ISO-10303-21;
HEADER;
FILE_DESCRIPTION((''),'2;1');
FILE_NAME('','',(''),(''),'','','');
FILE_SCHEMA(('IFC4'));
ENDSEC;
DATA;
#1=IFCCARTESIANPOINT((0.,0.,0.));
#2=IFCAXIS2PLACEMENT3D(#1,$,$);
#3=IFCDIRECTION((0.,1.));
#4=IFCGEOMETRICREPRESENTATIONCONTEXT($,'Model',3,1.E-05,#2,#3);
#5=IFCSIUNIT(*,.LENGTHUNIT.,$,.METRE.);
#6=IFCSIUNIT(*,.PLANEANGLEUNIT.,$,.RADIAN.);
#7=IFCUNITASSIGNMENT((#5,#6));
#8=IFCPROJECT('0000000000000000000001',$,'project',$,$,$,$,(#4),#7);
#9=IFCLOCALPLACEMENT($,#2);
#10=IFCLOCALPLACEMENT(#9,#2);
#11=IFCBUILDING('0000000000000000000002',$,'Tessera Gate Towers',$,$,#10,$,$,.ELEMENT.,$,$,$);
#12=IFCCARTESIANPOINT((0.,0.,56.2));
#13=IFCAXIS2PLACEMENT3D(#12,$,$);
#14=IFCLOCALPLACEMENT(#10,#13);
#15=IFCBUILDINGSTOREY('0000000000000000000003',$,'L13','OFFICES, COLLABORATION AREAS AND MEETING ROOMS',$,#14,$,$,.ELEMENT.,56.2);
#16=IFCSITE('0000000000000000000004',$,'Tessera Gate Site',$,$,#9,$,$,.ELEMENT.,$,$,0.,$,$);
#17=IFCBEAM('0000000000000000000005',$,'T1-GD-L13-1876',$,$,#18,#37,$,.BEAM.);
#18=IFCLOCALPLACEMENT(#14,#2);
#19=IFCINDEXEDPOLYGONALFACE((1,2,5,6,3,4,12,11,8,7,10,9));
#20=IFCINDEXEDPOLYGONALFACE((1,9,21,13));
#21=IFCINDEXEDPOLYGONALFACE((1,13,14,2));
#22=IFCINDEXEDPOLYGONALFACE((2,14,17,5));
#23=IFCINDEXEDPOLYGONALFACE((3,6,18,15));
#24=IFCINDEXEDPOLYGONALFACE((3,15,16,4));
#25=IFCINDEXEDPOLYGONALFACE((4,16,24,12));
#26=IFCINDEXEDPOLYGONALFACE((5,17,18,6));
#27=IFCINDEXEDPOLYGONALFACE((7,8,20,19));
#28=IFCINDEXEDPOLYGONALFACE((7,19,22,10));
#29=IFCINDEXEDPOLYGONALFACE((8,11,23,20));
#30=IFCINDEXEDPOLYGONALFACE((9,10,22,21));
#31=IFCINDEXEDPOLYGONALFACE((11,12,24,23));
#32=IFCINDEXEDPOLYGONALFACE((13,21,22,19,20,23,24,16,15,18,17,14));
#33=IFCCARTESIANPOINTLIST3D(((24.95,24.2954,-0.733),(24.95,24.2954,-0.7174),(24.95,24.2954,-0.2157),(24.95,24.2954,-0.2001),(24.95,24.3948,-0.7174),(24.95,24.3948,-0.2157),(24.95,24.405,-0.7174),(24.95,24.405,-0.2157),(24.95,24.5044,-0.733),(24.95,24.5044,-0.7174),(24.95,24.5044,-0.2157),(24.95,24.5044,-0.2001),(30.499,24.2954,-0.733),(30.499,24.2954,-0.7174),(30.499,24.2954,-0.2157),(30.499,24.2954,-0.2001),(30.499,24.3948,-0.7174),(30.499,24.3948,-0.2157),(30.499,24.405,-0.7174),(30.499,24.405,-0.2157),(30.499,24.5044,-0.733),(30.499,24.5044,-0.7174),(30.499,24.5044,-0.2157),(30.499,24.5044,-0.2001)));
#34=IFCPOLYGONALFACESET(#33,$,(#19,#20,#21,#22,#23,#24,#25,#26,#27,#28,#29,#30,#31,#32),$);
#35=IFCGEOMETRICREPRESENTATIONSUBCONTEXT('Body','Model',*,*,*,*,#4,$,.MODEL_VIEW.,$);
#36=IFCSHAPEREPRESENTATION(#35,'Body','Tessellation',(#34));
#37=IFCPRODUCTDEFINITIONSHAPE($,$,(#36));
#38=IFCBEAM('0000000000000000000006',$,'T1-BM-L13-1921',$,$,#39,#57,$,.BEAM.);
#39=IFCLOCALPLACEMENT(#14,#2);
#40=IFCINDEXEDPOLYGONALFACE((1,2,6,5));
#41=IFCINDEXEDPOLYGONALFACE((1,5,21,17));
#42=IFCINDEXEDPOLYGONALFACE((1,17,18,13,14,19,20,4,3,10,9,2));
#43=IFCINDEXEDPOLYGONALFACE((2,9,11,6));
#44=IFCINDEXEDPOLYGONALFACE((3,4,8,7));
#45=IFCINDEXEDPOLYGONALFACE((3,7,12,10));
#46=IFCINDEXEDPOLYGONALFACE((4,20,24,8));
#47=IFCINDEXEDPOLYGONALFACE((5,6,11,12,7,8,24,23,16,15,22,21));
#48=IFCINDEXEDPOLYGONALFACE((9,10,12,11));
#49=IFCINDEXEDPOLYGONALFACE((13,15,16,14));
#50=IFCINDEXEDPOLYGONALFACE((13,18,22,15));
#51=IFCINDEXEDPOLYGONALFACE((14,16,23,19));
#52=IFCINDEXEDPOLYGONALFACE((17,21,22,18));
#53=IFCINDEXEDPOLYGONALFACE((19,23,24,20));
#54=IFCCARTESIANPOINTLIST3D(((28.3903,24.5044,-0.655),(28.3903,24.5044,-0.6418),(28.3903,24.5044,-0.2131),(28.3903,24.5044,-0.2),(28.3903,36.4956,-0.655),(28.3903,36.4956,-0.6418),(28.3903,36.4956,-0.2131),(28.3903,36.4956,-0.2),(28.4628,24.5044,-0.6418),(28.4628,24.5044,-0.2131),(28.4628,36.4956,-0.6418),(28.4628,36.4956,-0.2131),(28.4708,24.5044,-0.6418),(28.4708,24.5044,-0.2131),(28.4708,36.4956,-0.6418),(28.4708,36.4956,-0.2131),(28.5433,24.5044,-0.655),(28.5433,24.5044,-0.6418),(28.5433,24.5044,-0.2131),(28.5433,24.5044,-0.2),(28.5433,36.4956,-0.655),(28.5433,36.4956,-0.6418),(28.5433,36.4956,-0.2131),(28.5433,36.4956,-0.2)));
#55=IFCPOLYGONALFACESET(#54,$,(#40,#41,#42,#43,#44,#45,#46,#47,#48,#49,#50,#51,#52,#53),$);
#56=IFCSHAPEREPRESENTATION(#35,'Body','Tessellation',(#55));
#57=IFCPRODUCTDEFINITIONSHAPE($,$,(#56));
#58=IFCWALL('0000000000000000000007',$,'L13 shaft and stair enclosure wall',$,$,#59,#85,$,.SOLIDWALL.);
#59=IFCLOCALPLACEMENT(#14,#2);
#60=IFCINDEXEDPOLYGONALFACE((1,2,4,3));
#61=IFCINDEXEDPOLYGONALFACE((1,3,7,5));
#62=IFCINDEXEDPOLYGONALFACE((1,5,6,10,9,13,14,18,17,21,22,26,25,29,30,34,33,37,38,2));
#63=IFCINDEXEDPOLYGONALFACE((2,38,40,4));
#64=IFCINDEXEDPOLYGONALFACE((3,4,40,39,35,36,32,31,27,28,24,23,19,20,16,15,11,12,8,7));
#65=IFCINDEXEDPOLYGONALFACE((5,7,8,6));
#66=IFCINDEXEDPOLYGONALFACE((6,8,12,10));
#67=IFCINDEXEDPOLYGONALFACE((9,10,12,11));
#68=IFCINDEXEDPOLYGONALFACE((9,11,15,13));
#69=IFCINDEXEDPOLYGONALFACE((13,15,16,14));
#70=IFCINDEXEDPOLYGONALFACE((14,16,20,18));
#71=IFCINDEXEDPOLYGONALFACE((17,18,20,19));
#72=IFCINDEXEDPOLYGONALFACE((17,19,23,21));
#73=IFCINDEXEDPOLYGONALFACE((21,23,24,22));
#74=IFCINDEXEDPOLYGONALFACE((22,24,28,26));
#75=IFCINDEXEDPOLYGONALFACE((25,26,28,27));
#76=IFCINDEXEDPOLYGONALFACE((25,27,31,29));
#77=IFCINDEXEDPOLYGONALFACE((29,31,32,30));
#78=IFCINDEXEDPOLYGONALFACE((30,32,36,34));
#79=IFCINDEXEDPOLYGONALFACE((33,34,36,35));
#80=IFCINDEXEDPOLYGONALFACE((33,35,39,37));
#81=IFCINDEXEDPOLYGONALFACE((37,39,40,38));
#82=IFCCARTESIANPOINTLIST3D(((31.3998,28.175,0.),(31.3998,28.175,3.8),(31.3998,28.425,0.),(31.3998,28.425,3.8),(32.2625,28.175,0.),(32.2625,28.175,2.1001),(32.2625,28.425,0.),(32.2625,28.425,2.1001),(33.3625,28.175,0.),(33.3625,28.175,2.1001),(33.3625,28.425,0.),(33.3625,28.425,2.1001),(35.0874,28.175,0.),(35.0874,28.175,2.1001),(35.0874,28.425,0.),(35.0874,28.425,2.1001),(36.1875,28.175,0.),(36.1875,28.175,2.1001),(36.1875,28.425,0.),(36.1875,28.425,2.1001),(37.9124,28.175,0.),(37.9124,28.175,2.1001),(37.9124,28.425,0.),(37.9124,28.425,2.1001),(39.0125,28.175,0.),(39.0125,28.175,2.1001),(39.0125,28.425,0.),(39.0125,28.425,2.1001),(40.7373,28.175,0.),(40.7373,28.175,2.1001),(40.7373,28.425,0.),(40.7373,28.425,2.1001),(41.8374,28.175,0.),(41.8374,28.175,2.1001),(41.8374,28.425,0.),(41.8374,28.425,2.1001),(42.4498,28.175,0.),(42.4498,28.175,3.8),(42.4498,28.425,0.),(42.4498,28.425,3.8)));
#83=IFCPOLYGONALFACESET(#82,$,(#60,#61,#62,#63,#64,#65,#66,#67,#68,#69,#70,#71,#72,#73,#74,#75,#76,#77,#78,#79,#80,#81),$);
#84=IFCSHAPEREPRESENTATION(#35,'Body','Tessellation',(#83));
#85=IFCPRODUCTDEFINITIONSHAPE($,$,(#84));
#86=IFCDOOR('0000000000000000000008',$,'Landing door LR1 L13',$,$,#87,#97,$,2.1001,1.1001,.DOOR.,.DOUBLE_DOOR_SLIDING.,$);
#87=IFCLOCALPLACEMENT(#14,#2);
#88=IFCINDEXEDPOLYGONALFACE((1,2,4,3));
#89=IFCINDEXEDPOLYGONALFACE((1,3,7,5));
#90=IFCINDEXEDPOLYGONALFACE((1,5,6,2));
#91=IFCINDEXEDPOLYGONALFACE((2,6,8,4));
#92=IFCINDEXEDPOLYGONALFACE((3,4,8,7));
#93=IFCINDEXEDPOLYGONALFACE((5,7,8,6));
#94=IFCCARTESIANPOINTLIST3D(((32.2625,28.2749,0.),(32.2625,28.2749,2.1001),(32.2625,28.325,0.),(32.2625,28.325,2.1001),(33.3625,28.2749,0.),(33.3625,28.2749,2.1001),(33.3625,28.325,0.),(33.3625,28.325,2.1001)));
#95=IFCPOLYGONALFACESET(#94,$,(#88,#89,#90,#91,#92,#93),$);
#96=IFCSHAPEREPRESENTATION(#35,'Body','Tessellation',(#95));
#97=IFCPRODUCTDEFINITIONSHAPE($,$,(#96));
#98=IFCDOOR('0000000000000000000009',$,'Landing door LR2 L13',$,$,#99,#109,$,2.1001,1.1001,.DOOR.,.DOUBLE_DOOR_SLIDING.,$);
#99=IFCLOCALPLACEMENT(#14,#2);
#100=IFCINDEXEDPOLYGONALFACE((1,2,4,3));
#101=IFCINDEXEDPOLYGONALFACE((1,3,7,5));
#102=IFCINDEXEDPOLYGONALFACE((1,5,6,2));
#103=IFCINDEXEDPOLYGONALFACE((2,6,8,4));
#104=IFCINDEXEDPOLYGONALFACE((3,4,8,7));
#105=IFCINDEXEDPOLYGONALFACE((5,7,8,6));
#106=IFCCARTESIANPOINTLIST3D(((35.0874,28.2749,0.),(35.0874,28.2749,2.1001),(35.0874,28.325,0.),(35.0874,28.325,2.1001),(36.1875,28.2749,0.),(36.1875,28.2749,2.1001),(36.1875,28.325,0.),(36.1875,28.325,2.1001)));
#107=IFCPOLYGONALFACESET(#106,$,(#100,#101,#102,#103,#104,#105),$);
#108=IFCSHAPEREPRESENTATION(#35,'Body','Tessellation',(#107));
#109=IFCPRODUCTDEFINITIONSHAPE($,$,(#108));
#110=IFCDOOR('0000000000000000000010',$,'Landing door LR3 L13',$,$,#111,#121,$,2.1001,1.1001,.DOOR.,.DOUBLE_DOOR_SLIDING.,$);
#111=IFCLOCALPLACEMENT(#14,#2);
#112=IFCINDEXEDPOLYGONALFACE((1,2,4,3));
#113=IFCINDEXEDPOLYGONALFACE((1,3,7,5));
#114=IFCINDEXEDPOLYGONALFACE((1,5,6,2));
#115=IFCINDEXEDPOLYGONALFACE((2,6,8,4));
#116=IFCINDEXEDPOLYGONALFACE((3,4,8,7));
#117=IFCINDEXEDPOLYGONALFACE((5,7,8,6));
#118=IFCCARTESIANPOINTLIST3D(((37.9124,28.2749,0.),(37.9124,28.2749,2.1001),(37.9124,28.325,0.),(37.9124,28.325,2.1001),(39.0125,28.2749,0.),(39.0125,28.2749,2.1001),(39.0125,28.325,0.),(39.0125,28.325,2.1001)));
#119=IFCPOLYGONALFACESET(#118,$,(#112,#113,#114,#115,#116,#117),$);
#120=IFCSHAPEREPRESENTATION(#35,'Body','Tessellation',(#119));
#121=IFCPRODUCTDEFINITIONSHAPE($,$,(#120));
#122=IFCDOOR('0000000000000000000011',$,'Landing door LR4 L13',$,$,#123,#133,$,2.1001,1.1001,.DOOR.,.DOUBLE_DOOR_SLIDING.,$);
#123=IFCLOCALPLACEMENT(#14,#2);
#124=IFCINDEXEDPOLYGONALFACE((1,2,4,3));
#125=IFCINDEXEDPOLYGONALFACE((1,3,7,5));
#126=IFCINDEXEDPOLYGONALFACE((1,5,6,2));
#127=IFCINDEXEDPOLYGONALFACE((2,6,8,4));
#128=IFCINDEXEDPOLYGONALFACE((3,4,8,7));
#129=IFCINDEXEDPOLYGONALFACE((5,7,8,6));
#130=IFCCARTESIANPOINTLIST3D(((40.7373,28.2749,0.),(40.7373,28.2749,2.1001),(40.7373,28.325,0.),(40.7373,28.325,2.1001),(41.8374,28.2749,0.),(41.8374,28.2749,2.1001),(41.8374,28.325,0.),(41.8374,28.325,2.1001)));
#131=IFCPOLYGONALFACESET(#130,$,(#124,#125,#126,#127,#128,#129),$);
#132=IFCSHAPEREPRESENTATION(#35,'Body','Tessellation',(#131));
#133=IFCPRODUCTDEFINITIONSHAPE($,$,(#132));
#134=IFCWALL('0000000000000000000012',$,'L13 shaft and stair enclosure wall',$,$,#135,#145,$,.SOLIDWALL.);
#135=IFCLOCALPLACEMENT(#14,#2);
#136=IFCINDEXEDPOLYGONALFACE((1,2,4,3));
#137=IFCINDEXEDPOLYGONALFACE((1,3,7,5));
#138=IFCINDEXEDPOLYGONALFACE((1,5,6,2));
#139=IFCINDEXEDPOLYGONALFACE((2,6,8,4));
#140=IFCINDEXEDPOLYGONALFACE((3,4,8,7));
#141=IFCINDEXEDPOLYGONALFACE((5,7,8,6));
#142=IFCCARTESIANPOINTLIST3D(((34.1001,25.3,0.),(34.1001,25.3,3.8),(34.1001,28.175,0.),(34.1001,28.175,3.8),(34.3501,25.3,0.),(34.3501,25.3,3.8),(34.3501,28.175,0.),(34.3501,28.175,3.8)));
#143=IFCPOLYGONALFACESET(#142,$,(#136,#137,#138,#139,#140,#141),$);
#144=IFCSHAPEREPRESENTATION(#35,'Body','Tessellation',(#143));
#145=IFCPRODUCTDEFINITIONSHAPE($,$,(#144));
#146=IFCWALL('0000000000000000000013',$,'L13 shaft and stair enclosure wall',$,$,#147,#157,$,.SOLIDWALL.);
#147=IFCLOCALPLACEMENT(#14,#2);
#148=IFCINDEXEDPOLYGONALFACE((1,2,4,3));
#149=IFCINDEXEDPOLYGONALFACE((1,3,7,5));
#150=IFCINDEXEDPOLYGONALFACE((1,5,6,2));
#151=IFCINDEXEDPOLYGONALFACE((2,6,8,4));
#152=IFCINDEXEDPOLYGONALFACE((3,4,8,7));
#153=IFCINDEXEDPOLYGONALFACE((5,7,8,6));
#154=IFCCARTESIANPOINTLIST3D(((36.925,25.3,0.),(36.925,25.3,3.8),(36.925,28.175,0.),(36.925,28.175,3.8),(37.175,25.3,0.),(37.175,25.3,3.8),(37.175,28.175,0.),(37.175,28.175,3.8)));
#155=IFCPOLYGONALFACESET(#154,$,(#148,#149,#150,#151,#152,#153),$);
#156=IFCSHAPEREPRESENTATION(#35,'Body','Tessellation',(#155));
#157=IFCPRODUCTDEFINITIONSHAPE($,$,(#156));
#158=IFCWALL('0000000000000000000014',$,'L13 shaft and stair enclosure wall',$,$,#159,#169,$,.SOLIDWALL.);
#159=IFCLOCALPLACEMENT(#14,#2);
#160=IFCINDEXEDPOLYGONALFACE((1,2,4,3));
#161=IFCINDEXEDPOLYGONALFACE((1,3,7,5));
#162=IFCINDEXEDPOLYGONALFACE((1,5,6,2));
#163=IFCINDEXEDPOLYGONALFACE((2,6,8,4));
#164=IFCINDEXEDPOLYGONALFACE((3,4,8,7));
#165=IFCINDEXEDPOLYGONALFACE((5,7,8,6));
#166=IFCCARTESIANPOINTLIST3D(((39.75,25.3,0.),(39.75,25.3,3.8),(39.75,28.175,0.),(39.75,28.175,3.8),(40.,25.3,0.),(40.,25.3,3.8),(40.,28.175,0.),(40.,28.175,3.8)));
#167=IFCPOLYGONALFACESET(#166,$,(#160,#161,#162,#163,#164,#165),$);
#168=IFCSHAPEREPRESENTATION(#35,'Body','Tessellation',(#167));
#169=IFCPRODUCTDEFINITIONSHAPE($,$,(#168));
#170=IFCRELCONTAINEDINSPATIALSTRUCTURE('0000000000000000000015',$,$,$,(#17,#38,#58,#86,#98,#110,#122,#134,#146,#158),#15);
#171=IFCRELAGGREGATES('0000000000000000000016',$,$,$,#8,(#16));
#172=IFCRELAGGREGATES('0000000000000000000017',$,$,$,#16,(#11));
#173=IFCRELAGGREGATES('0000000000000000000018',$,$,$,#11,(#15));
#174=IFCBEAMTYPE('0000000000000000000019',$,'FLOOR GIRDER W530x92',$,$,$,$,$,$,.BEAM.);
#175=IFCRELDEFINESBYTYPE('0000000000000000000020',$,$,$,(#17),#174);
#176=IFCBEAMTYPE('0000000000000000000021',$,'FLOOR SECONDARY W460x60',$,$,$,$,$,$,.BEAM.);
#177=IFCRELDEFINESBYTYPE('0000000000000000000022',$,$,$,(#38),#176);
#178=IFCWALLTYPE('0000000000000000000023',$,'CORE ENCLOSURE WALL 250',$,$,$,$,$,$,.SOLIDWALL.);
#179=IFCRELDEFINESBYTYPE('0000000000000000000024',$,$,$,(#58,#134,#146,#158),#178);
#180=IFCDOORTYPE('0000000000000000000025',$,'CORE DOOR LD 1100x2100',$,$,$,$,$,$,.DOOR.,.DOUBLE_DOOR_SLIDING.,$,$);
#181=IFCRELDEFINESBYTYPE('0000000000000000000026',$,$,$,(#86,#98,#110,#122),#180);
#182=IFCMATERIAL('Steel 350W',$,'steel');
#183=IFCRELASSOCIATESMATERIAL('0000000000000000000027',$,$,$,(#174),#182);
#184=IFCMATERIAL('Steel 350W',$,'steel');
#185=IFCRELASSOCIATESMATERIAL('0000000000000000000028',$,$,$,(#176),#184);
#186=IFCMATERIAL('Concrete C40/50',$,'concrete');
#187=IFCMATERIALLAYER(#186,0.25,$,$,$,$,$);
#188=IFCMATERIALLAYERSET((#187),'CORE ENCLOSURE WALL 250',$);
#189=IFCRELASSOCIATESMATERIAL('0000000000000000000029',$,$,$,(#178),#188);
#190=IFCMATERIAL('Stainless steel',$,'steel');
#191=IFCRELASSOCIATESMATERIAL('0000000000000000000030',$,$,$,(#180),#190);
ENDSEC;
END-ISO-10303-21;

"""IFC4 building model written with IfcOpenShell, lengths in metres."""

from ifc_helpers import new_model, si_unit, direction, frame, frame_2d, origin, origin_2d, place, context, subcontext, project, spatial, rectangle, i_section, extrude, source, transform, mapped, material, layer, layer_set, material_profile, profile_set, type_object, element, fill, save


model = new_model("IFC4")

# Units and contexts
model_context = context("Model", 3, precision=1e-05, world=origin(), true_north=direction((0.0, 1.0)))
body_context = subcontext(model_context, "Body", "Model", "MODEL_VIEW")
ifc_project = project(units=[si_unit("LENGTHUNIT", "METRE"), si_unit("PLANEANGLEUNIT", "RADIAN")], contexts=[model_context])

# Site, building, storey
site_placement = place(None, origin())
site = spatial("IfcSite", under=ifc_project, at=site_placement, Name="Tessera Gate Site", CompositionType="ELEMENT", RefElevation=0.0)
building_placement = place(site_placement, origin())
building = spatial("IfcBuilding", under=site, at=building_placement, Name="Tessera Gate Towers", CompositionType="ELEMENT")
storey_placement = place(building_placement, frame((0.0, 0.0, 56.2)))
storey = spatial("IfcBuildingStorey", under=building, at=storey_placement, Name="L13", Description="OFFICES, COLLABORATION AREAS AND MEETING ROOMS", CompositionType="ELEMENT", Elevation=56.2)

# Beams
ifc_material_1 = material(Name="Steel 350W", Category="steel")
ifc_material_profile_1 = material_profile(ifc_material_1, i_section(OverallWidth=0.209, OverallDepth=0.533, WebThickness=0.0103, FlangeThickness=0.0156, at=origin_2d()), Name="W530x92")
ifc_profile_set_1 = profile_set([ifc_material_profile_1], Name="Steel 350W")
beam_type_1 = type_object("IfcBeamType", Name="FLOOR GIRDER W530x92", PredefinedType="BEAM", material=ifc_profile_set_1)
beam_1_placement = place(storey_placement, frame((24.95, 24.3999, -0.4666), z_axis=(1.0, 0.0, 0.0), x_axis=(0.0, 1.0, 0.0)))
element("IfcBeam", 1, at=beam_1_placement, inside=storey, type_object=beam_type_1, Name="T1-GD-L13-1876", PredefinedType="BEAM", context=body_context, shape_type="SweptSolid", body=[
    extrude(i_section(OverallWidth=0.209, OverallDepth=0.533, WebThickness=0.0103, FlangeThickness=0.0156, at=origin_2d()), origin(), (0.0, 0.0, 1.0), 5.5491),
])
ifc_material_2 = material(Name="Steel 350W", Category="steel")
ifc_material_profile_2 = material_profile(ifc_material_2, i_section(OverallWidth=0.1531, OverallDepth=0.4551, WebThickness=0.0081, FlangeThickness=0.0132, at=origin_2d()), Name="W460x60")
ifc_profile_set_2 = profile_set([ifc_material_profile_2], Name="Steel 350W")
beam_type_2 = type_object("IfcBeamType", Name="FLOOR SECONDARY W460x60", PredefinedType="BEAM", material=ifc_profile_set_2)
beam_2_placement = place(storey_placement, frame((28.4668, 24.5044, -0.4275), z_axis=(0.0, 1.0, 0.0), x_axis=(-1.0, 0.0, 0.0)))
element("IfcBeam", 2, at=beam_2_placement, inside=storey, type_object=beam_type_2, Name="T1-BM-L13-1921", PredefinedType="BEAM", context=body_context, shape_type="SweptSolid", body=[
    extrude(i_section(OverallWidth=0.1531, OverallDepth=0.4551, WebThickness=0.0081, FlangeThickness=0.0132, at=origin_2d()), origin(), (0.0, 0.0, 1.0), 11.9912),
])

# Wall, openings, doors
ifc_material_3 = material(Name="Concrete C40/50", Category="concrete")
ifc_layer_1 = layer(ifc_material_3, 0.25)
ifc_layer_set_1 = layer_set([ifc_layer_1], Name="CORE ENCLOSURE WALL 250")
wall_type_1 = type_object("IfcWallType", Name="CORE ENCLOSURE WALL 250", PredefinedType="SOLIDWALL", material=ifc_layer_set_1)
wall_1_placement = place(storey_placement, frame((31.3999, 28.3, 0.0), z_axis=(0.0, 0.0, 1.0), x_axis=(1.0, 0.0, 0.0)))
wall_1 = element("IfcWall", 3, at=wall_1_placement, inside=storey, type_object=wall_type_1, Name="L13 shaft and stair enclosure wall", PredefinedType="SOLIDWALL", context=body_context, shape_type="SweptSolid", body=[
    extrude(rectangle(XDim=11.05, YDim=0.25, at=frame_2d((5.5249, 0.0))), origin(), (0.0, 0.0, 1.0), 3.8),
])
shared_shape_1 = source(origin(), body_context, "Body", "SweptSolid", [
    extrude(rectangle(XDim=1.1001, YDim=2.1001, at=frame_2d((0.55, 1.05))), frame((0.0, 0.135, 0.0), z_axis=(0.0, -1.0, 0.0), x_axis=(1.0, 0.0, 0.0)), (0.0, 0.0, 1.0), 0.27),
])
opening_1_placement = place(wall_1_placement, frame((0.8625, 0.0, 0.0)))
opening_1 = element("IfcOpeningElement", 4, at=opening_1_placement, cuts=wall_1, PredefinedType="OPENING", context=body_context, shape_type="MappedRepresentation", body=[
    mapped(shared_shape_1, transform((0.0, 0.0, 0.0), scale=1.0)),
])
opening_2_placement = place(wall_1_placement, frame((3.6875, 0.0, 0.0)))
opening_2 = element("IfcOpeningElement", 5, at=opening_2_placement, cuts=wall_1, PredefinedType="OPENING", context=body_context, shape_type="MappedRepresentation", body=[
    mapped(shared_shape_1, transform((0.0, 0.0, 0.0), scale=1.0)),
])
opening_3_placement = place(wall_1_placement, frame((6.5125, 0.0, 0.0)))
opening_3 = element("IfcOpeningElement", 6, at=opening_3_placement, cuts=wall_1, PredefinedType="OPENING", context=body_context, shape_type="MappedRepresentation", body=[
    mapped(shared_shape_1, transform((0.0, 0.0, 0.0), scale=1.0)),
])
opening_4_placement = place(wall_1_placement, frame((9.3374, 0.0, 0.0)))
opening_4 = element("IfcOpeningElement", 7, at=opening_4_placement, cuts=wall_1, PredefinedType="OPENING", context=body_context, shape_type="MappedRepresentation", body=[
    mapped(shared_shape_1, transform((0.0, 0.0, 0.0), scale=1.0)),
])
ifc_material_4 = material(Name="Stainless steel", Category="steel")
door_type_1 = type_object("IfcDoorType", Name="CORE DOOR LD 1100x2100", OperationType="DOUBLE_DOOR_SLIDING", PredefinedType="DOOR", material=ifc_material_4)
shared_shape_2 = source(origin(), body_context, "Body", "SweptSolid", [
    extrude(rectangle(XDim=1.1001, YDim=2.1001, at=frame_2d((0.55, 1.05))), frame((0.0, 0.0249, 0.0), z_axis=(0.0, -1.0, 0.0), x_axis=(1.0, 0.0, 0.0)), (0.0, 0.0, 1.0), 0.05),
])
door_1_placement = place(opening_1_placement, origin())
door_1 = element("IfcDoor", 8, at=door_1_placement, inside=storey, type_object=door_type_1, Name="Landing door LR1 L13", OperationType="DOUBLE_DOOR_SLIDING", OverallHeight=2.1001, OverallWidth=1.1001, PredefinedType="DOOR", context=body_context, shape_type="MappedRepresentation", body=[
    mapped(shared_shape_2, transform((0.0, 0.0, 0.0), scale=1.0)),
])
fill(opening_1, door_1)
door_2_placement = place(opening_2_placement, origin())
door_2 = element("IfcDoor", 9, at=door_2_placement, inside=storey, type_object=door_type_1, Name="Landing door LR2 L13", OperationType="DOUBLE_DOOR_SLIDING", OverallHeight=2.1001, OverallWidth=1.1001, PredefinedType="DOOR", context=body_context, shape_type="MappedRepresentation", body=[
    mapped(shared_shape_2, transform((0.0, 0.0, 0.0), scale=1.0)),
])
fill(opening_2, door_2)
door_3_placement = place(opening_3_placement, origin())
door_3 = element("IfcDoor", 10, at=door_3_placement, inside=storey, type_object=door_type_1, Name="Landing door LR3 L13", OperationType="DOUBLE_DOOR_SLIDING", OverallHeight=2.1001, OverallWidth=1.1001, PredefinedType="DOOR", context=body_context, shape_type="MappedRepresentation", body=[
    mapped(shared_shape_2, transform((0.0, 0.0, 0.0), scale=1.0)),
])
fill(opening_3, door_3)
door_4_placement = place(opening_4_placement, origin())
door_4 = element("IfcDoor", 11, at=door_4_placement, inside=storey, type_object=door_type_1, Name="Landing door LR4 L13", OperationType="DOUBLE_DOOR_SLIDING", OverallHeight=2.1001, OverallWidth=1.1001, PredefinedType="DOOR", context=body_context, shape_type="MappedRepresentation", body=[
    mapped(shared_shape_2, transform((0.0, 0.0, 0.0), scale=1.0)),
])
fill(opening_4, door_4)

# Walls
for number, where, z_axis, x_axis, name in (
    (12, (34.2251, 25.3, 0.0), (0.0, 0.0, 1.0), (0.0, 1.0, 0.0), "L13 shaft and stair enclosure wall"),
    (13, (37.05, 25.3, 0.0), (0.0, 0.0, 1.0), (0.0, 1.0, 0.0), "L13 shaft and stair enclosure wall"),
    (14, (39.875, 25.3, 0.0), (0.0, 0.0, 1.0), (0.0, 1.0, 0.0), "L13 shaft and stair enclosure wall"),
):
    element("IfcWall", number, at=place(storey_placement, frame(where, z_axis=z_axis, x_axis=x_axis)), inside=storey, type_object=wall_type_1, Name=name, PredefinedType="SOLIDWALL", context=body_context, shape_type="SweptSolid", body=[
        extrude(rectangle(XDim=2.875, YDim=0.25, at=frame_2d((1.4375, 0.0))), origin(), (0.0, 0.0, 1.0), 3.8),
    ])

save(model, "model.ifc")
